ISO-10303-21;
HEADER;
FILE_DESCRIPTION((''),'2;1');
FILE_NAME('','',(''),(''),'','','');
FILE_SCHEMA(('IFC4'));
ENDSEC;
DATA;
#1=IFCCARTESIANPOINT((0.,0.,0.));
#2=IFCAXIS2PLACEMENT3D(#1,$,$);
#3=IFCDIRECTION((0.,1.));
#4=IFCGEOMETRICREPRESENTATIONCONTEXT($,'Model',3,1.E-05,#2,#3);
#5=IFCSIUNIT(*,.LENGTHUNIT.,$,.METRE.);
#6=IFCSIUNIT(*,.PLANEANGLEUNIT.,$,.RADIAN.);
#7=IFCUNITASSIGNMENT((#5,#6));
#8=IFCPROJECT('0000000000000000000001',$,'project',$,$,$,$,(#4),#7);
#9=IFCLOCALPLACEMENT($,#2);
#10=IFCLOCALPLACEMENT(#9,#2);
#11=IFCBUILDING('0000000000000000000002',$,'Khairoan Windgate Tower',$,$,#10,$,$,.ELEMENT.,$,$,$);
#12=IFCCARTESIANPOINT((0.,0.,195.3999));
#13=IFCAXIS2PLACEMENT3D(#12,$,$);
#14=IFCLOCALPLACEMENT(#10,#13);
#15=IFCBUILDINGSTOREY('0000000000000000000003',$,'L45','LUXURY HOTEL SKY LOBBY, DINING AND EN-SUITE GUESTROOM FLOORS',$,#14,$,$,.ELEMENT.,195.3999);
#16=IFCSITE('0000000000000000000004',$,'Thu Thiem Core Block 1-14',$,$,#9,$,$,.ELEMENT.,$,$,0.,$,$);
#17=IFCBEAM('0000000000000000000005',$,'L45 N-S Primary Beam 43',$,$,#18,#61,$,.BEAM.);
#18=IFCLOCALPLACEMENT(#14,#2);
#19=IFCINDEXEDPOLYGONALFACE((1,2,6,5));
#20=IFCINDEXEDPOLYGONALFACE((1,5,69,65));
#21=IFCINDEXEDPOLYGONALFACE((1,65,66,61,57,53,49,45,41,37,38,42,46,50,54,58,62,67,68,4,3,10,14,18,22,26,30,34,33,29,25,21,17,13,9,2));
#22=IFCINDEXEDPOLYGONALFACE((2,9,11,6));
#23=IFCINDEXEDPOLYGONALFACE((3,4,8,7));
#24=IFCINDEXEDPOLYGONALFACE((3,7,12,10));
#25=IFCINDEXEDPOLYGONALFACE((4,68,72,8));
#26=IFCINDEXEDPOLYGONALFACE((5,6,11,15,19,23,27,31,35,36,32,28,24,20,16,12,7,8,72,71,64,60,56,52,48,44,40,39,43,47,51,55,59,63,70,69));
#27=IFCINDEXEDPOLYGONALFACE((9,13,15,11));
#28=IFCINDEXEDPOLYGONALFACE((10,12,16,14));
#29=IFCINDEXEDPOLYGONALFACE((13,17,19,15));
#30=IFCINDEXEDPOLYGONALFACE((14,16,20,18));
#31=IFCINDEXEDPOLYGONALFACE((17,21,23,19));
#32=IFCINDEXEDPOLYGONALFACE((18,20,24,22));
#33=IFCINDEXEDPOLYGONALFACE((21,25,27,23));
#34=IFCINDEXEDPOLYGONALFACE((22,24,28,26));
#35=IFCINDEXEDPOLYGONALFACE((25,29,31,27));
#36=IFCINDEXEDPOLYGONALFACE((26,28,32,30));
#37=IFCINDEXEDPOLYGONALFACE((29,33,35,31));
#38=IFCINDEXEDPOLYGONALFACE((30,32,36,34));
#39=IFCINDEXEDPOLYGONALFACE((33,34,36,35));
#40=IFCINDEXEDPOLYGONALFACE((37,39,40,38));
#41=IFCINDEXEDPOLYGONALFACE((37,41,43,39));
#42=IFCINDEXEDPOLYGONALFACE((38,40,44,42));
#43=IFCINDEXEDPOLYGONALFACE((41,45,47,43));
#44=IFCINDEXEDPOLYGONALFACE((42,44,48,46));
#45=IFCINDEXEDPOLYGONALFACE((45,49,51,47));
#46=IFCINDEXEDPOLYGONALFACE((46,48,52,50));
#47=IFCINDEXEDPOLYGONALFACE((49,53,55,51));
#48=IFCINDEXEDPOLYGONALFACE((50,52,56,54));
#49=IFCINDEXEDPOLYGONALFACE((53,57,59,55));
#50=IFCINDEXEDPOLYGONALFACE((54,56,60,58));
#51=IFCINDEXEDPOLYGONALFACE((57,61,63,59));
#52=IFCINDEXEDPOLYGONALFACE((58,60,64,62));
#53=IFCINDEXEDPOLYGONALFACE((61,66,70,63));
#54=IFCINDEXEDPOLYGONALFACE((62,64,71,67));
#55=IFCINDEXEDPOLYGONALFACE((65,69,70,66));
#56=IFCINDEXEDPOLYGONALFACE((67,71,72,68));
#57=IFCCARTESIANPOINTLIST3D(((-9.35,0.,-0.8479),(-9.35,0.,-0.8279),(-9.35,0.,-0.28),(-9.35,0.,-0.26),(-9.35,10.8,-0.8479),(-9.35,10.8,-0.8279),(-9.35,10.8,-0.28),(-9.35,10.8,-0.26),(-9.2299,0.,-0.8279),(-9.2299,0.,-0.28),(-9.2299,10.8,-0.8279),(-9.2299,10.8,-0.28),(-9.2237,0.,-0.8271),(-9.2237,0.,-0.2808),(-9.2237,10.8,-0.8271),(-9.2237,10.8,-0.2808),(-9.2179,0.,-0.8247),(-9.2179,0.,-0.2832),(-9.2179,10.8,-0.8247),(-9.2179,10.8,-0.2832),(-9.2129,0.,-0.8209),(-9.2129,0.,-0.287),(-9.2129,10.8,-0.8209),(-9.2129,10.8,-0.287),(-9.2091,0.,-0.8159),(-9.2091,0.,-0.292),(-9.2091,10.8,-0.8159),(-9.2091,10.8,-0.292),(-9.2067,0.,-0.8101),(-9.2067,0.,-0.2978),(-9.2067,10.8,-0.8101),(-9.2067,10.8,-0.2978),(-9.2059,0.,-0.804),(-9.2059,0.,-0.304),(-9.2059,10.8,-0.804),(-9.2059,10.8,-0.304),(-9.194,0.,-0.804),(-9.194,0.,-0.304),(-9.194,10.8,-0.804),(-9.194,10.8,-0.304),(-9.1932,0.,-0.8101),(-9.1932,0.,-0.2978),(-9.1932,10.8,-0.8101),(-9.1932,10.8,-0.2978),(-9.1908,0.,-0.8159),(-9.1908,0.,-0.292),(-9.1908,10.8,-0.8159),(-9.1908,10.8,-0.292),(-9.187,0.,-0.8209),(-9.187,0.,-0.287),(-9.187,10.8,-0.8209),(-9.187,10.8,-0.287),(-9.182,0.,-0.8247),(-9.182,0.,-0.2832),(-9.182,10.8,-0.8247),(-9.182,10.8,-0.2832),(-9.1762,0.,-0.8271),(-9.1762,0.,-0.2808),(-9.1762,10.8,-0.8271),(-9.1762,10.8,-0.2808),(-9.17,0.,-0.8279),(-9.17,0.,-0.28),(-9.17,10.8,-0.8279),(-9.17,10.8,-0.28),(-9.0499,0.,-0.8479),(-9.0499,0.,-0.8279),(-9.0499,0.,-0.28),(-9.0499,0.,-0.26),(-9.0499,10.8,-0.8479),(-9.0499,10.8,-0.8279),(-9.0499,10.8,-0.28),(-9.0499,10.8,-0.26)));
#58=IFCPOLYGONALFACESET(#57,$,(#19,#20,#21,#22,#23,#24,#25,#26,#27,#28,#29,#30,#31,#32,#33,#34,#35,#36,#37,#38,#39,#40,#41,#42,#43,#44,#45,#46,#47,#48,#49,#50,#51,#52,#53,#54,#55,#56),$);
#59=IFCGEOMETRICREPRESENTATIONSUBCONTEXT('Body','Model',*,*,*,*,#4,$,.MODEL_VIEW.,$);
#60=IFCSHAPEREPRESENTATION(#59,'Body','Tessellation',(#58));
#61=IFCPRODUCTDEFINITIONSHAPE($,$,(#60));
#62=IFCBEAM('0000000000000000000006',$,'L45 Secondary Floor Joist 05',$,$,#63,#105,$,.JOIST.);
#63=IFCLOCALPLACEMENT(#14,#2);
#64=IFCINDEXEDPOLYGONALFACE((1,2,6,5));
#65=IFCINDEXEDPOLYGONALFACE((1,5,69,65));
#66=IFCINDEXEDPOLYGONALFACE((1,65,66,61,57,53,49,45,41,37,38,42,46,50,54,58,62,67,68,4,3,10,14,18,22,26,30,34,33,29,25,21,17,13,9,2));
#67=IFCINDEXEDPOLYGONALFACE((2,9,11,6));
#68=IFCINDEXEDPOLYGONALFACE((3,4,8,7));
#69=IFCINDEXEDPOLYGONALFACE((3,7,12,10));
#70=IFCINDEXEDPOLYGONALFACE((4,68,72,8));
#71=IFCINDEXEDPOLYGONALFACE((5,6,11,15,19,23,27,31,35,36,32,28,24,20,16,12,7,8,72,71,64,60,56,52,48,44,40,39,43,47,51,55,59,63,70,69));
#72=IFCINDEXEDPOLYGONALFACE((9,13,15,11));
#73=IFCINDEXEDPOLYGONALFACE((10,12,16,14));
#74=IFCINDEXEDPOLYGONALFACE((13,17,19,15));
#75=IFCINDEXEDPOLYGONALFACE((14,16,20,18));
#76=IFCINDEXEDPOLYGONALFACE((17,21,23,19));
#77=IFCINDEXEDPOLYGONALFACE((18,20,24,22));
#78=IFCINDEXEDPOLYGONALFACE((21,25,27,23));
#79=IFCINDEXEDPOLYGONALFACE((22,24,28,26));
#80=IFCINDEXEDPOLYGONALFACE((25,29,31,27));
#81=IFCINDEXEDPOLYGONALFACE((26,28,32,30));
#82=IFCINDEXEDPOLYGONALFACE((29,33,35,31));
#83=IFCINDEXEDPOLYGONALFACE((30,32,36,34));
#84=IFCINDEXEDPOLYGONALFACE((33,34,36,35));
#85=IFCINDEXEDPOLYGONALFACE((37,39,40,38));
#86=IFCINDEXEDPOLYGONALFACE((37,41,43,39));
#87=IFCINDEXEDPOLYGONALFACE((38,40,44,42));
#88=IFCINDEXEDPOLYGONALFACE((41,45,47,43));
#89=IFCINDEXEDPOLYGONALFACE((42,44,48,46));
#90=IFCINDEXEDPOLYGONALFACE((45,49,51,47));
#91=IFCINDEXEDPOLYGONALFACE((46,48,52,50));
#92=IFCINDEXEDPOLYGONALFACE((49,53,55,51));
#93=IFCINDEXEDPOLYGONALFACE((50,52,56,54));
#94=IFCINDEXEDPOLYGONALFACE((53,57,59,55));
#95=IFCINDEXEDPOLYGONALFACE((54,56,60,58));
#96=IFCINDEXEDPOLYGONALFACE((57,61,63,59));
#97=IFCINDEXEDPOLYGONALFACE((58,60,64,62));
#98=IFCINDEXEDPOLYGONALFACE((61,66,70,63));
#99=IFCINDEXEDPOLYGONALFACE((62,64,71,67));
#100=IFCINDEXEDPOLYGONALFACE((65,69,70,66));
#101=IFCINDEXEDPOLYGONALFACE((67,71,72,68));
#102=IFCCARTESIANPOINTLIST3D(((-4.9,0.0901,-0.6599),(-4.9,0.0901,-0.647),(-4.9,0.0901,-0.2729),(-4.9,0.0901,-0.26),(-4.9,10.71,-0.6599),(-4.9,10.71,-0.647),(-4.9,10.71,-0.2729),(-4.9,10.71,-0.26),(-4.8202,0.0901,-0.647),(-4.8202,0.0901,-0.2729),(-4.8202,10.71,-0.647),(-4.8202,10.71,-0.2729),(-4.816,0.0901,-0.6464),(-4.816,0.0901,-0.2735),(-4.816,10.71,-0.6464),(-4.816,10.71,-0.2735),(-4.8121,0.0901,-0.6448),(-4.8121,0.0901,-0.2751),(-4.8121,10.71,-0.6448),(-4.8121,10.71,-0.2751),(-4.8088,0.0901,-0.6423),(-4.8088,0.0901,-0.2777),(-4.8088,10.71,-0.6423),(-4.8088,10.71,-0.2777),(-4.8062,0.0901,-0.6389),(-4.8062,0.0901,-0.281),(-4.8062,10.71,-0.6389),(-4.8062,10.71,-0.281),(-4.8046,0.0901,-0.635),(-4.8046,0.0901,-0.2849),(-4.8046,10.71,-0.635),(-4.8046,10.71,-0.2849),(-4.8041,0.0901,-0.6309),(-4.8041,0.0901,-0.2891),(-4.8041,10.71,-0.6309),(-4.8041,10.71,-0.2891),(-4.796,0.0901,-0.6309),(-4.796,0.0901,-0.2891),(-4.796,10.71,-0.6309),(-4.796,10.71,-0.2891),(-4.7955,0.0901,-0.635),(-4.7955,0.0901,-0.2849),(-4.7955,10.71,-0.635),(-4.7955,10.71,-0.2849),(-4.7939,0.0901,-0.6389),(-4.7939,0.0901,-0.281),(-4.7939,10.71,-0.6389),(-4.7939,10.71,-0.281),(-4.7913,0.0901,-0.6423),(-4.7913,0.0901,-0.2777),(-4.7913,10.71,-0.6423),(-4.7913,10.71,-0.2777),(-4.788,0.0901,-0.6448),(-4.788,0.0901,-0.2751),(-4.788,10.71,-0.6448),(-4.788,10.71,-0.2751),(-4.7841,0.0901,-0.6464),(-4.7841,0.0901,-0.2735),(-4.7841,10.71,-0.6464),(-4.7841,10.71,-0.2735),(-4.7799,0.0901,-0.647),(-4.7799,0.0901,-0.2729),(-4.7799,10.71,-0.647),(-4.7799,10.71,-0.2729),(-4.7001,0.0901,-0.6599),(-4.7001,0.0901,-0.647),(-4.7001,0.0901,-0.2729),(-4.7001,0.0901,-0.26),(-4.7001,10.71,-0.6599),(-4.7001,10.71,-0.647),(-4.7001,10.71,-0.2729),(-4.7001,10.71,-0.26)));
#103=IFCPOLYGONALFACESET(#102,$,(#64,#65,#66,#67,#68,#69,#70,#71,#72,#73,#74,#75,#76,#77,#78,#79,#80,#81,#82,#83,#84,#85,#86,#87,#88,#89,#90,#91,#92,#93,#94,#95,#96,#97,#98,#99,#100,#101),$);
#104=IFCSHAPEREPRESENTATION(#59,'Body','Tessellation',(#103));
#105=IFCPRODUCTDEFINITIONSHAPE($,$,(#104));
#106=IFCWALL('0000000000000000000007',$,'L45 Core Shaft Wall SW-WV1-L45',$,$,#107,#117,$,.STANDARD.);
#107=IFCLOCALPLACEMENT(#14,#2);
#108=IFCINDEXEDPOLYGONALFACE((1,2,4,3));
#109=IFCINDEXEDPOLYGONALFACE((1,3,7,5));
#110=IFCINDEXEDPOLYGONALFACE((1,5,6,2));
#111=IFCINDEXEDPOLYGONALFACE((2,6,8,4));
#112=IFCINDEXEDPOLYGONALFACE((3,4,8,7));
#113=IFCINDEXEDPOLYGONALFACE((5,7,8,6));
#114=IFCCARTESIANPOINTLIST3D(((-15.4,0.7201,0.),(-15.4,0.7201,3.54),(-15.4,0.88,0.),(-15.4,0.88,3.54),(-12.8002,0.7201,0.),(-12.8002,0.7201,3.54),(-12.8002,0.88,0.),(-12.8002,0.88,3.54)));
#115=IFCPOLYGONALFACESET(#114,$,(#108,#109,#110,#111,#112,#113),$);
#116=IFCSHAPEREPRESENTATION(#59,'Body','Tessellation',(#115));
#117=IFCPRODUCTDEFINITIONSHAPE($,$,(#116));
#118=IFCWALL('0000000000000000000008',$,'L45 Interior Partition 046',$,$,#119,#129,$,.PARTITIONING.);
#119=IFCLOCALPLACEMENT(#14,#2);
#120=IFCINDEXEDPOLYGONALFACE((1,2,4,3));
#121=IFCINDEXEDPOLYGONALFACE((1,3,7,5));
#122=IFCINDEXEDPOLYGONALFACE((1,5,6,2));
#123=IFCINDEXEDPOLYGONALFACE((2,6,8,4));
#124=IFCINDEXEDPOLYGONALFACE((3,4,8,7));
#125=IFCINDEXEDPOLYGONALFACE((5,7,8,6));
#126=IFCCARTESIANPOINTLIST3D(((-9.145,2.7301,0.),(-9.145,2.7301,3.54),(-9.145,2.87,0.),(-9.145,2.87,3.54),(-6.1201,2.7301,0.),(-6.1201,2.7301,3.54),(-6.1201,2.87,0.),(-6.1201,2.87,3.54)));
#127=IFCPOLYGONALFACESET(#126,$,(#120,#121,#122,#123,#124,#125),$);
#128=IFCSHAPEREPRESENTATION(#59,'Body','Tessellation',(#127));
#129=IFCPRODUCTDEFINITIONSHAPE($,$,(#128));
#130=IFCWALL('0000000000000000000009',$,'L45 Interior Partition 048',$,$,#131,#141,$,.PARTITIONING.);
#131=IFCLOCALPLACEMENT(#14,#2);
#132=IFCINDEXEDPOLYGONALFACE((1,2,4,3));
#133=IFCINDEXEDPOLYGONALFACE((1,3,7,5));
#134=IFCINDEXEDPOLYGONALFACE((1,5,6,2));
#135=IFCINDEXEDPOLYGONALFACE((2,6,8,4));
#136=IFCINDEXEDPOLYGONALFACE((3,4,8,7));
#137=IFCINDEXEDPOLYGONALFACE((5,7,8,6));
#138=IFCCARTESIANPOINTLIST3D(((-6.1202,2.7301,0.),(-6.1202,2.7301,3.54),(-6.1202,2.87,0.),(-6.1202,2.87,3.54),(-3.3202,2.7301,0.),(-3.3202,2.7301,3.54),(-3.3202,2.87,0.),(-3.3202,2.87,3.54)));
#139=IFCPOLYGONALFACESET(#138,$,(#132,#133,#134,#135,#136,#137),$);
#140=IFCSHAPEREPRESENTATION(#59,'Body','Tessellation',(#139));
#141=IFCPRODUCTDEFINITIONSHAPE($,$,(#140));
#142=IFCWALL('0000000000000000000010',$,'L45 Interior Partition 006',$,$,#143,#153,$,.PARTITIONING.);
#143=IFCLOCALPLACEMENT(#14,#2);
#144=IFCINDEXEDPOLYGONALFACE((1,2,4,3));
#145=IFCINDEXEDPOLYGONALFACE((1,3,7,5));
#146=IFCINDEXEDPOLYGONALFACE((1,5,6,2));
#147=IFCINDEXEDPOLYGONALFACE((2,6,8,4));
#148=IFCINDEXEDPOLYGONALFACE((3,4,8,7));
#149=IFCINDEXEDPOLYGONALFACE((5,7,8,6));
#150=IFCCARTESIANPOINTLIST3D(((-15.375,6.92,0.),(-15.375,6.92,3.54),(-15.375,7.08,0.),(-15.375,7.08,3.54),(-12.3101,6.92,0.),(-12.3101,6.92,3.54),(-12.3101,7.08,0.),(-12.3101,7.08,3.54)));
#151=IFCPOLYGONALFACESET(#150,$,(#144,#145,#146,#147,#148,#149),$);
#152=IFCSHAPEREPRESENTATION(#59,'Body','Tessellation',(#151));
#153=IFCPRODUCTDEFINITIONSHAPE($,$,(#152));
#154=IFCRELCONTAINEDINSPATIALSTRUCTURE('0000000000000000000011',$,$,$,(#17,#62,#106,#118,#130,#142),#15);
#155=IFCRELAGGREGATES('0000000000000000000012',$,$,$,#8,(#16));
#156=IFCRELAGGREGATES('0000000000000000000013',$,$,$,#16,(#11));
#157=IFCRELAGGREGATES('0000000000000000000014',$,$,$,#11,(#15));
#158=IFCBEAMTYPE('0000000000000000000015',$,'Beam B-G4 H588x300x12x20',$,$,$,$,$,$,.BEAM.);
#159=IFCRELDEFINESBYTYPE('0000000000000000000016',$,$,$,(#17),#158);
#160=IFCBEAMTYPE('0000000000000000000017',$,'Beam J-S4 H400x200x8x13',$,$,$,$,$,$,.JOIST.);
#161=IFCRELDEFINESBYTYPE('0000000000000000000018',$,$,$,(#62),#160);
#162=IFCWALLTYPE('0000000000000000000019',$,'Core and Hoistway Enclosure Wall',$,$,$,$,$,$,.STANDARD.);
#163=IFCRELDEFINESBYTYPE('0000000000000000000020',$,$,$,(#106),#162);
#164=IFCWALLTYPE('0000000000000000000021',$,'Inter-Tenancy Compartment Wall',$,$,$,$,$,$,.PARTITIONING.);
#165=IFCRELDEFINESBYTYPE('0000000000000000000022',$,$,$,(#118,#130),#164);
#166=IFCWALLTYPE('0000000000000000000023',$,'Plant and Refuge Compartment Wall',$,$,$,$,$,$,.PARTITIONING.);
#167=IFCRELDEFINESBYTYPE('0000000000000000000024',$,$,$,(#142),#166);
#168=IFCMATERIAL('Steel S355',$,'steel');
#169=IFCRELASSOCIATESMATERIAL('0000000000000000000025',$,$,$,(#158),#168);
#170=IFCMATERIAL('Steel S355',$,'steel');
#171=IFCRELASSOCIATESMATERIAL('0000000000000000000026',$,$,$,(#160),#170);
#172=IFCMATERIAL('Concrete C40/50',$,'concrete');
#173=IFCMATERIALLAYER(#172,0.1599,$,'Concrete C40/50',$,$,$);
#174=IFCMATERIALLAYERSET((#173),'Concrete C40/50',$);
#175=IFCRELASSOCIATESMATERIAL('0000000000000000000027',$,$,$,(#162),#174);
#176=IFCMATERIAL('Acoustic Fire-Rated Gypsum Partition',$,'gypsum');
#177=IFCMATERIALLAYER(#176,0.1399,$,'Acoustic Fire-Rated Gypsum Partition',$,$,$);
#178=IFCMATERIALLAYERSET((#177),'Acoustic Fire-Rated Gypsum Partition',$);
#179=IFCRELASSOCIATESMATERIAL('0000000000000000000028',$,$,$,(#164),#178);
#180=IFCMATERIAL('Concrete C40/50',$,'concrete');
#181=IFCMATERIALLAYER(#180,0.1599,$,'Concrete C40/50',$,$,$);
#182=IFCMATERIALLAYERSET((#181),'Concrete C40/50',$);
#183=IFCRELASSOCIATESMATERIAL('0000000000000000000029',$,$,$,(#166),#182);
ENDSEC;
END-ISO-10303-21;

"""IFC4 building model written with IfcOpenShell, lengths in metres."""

from ifc_helpers import new_model, si_unit, direction, frame, frame_2d, origin, origin_2d, place, context, subcontext, project, spatial, rectangle, i_section, extrude, material, layer, layer_set, material_profile, profile_set, type_object, element, save


model = new_model("IFC4")

# Units and contexts
model_context = context("Model", 3, precision=1e-05, world=origin(), true_north=direction((0.0, 1.0)))
body_context = subcontext(model_context, "Body", "Model", "MODEL_VIEW")
ifc_project = project(units=[si_unit("LENGTHUNIT", "METRE"), si_unit("PLANEANGLEUNIT", "RADIAN")], contexts=[model_context])

# Site, building, storey
site_placement = place(None, origin())
site = spatial("IfcSite", under=ifc_project, at=site_placement, Name="Thu Thiem Core Block 1-14", CompositionType="ELEMENT", RefElevation=0.0)
building_placement = place(site_placement, origin())
building = spatial("IfcBuilding", under=site, at=building_placement, Name="Khairoan Windgate Tower", CompositionType="ELEMENT")
storey_placement = place(building_placement, frame((0.0, 0.0, 195.3999)))
storey = spatial("IfcBuildingStorey", under=building, at=storey_placement, Name="L45", Description="LUXURY HOTEL SKY LOBBY, DINING AND EN-SUITE GUESTROOM FLOORS", CompositionType="ELEMENT", Elevation=195.3999)

# Beams
ifc_material_1 = material(Name="Steel S355", Category="steel")
ifc_material_profile_1 = material_profile(ifc_material_1, i_section(OverallWidth=0.3, OverallDepth=0.5879, WebThickness=0.012, FlangeThickness=0.02, FilletRadius=0.0239, at=origin_2d()))
ifc_profile_set_1 = profile_set([ifc_material_profile_1], Name="Steel S355")
beam_type_1 = type_object("IfcBeamType", Name="Beam B-G4 H588x300x12x20", PredefinedType="BEAM", material=ifc_profile_set_1)
beam_1_placement = place(storey_placement, frame((-9.2, 0.0, -0.554), z_axis=(0.0, 1.0, 0.0), x_axis=(-1.0, 0.0, 0.0)))
element("IfcBeam", 1, at=beam_1_placement, inside=storey, type_object=beam_type_1, Name="L45 N-S Primary Beam 43", PredefinedType="BEAM", context=body_context, shape_type="SweptSolid", body=[
    extrude(i_section(OverallWidth=0.3, OverallDepth=0.5879, WebThickness=0.012, FlangeThickness=0.02, FilletRadius=0.0239, at=origin_2d()), origin(), (0.0, 0.0, 1.0), 10.8),
])
ifc_material_2 = material(Name="Steel S355", Category="steel")
ifc_material_profile_2 = material_profile(ifc_material_2, i_section(OverallWidth=0.2, OverallDepth=0.3999, WebThickness=0.0081, FlangeThickness=0.0129, FilletRadius=0.0161, at=origin_2d()))
ifc_profile_set_2 = profile_set([ifc_material_profile_2], Name="Steel S355")
beam_type_2 = type_object("IfcBeamType", Name="Beam J-S4 H400x200x8x13", PredefinedType="JOIST", material=ifc_profile_set_2)
beam_2_placement = place(storey_placement, frame((-4.8, 0.0901, -0.46), z_axis=(0.0, 1.0, 0.0), x_axis=(-1.0, 0.0, 0.0)))
element("IfcBeam", 2, at=beam_2_placement, inside=storey, type_object=beam_type_2, Name="L45 Secondary Floor Joist 05", PredefinedType="JOIST", context=body_context, shape_type="SweptSolid", body=[
    extrude(i_section(OverallWidth=0.2, OverallDepth=0.3999, WebThickness=0.0081, FlangeThickness=0.0129, FilletRadius=0.0161, at=origin_2d()), origin(), (0.0, 0.0, 1.0), 10.6199),
])

# Walls
ifc_material_3 = material(Name="Concrete C40/50", Category="concrete")
ifc_layer_1 = layer(ifc_material_3, 0.1599, Name="Concrete C40/50")
ifc_layer_set_1 = layer_set([ifc_layer_1], Name="Concrete C40/50")
wall_type_1 = type_object("IfcWallType", Name="Core and Hoistway Enclosure Wall", PredefinedType="STANDARD", material=ifc_layer_set_1)
wall_1_placement = place(storey_placement, frame((-15.3999, 0.8, 0.0), z_axis=(0.0, 0.0, 1.0), x_axis=(1.0, 0.0, 0.0)))
element("IfcWall", 3, at=wall_1_placement, inside=storey, type_object=wall_type_1, Name="L45 Core Shaft Wall SW-WV1-L45", PredefinedType="STANDARD", context=body_context, shape_type="SweptSolid", body=[
    extrude(rectangle(XDim=2.5999, YDim=0.1599, at=frame_2d((1.2998, 0.0))), origin(), (0.0, 0.0, 1.0), 3.54),
])
ifc_material_4 = material(Name="Acoustic Fire-Rated Gypsum Partition", Category="gypsum")
ifc_layer_2 = layer(ifc_material_4, 0.1399, Name="Acoustic Fire-Rated Gypsum Partition")
ifc_layer_set_2 = layer_set([ifc_layer_2], Name="Acoustic Fire-Rated Gypsum Partition")
wall_type_2 = type_object("IfcWallType", Name="Inter-Tenancy Compartment Wall", PredefinedType="PARTITIONING", material=ifc_layer_set_2)
wall_2_placement = place(storey_placement, frame((-9.145, 2.8, 0.0), z_axis=(0.0, 0.0, 1.0), x_axis=(1.0, 0.0, 0.0)))
element("IfcWall", 4, at=wall_2_placement, inside=storey, type_object=wall_type_2, Name="L45 Interior Partition 046", PredefinedType="PARTITIONING", context=body_context, shape_type="SweptSolid", body=[
    extrude(rectangle(XDim=3.0249, YDim=0.1399, at=frame_2d((1.5125, 0.0))), origin(), (0.0, 0.0, 1.0), 3.54),
])
wall_3_placement = place(storey_placement, frame((-6.1201, 2.8, 0.0), z_axis=(0.0, 0.0, 1.0), x_axis=(1.0, 0.0, 0.0)))
element("IfcWall", 5, at=wall_3_placement, inside=storey, type_object=wall_type_2, Name="L45 Interior Partition 048", PredefinedType="PARTITIONING", context=body_context, shape_type="SweptSolid", body=[
    extrude(rectangle(XDim=2.8, YDim=0.1399, at=frame_2d((1.3999, 0.0))), origin(), (0.0, 0.0, 1.0), 3.54),
])
ifc_material_5 = material(Name="Concrete C40/50", Category="concrete")
ifc_layer_3 = layer(ifc_material_5, 0.1599, Name="Concrete C40/50")
ifc_layer_set_3 = layer_set([ifc_layer_3], Name="Concrete C40/50")
wall_type_3 = type_object("IfcWallType", Name="Plant and Refuge Compartment Wall", PredefinedType="PARTITIONING", material=ifc_layer_set_3)
wall_4_placement = place(storey_placement, frame((-15.375, 7.0, 0.0), z_axis=(0.0, 0.0, 1.0), x_axis=(1.0, 0.0, 0.0)))
element("IfcWall", 6, at=wall_4_placement, inside=storey, type_object=wall_type_3, Name="L45 Interior Partition 006", PredefinedType="PARTITIONING", context=body_context, shape_type="SweptSolid", body=[
    extrude(rectangle(XDim=3.0649, YDim=0.1599, at=frame_2d((1.5325, 0.0))), origin(), (0.0, 0.0, 1.0), 3.54),
])

save(model, "model.ifc")
